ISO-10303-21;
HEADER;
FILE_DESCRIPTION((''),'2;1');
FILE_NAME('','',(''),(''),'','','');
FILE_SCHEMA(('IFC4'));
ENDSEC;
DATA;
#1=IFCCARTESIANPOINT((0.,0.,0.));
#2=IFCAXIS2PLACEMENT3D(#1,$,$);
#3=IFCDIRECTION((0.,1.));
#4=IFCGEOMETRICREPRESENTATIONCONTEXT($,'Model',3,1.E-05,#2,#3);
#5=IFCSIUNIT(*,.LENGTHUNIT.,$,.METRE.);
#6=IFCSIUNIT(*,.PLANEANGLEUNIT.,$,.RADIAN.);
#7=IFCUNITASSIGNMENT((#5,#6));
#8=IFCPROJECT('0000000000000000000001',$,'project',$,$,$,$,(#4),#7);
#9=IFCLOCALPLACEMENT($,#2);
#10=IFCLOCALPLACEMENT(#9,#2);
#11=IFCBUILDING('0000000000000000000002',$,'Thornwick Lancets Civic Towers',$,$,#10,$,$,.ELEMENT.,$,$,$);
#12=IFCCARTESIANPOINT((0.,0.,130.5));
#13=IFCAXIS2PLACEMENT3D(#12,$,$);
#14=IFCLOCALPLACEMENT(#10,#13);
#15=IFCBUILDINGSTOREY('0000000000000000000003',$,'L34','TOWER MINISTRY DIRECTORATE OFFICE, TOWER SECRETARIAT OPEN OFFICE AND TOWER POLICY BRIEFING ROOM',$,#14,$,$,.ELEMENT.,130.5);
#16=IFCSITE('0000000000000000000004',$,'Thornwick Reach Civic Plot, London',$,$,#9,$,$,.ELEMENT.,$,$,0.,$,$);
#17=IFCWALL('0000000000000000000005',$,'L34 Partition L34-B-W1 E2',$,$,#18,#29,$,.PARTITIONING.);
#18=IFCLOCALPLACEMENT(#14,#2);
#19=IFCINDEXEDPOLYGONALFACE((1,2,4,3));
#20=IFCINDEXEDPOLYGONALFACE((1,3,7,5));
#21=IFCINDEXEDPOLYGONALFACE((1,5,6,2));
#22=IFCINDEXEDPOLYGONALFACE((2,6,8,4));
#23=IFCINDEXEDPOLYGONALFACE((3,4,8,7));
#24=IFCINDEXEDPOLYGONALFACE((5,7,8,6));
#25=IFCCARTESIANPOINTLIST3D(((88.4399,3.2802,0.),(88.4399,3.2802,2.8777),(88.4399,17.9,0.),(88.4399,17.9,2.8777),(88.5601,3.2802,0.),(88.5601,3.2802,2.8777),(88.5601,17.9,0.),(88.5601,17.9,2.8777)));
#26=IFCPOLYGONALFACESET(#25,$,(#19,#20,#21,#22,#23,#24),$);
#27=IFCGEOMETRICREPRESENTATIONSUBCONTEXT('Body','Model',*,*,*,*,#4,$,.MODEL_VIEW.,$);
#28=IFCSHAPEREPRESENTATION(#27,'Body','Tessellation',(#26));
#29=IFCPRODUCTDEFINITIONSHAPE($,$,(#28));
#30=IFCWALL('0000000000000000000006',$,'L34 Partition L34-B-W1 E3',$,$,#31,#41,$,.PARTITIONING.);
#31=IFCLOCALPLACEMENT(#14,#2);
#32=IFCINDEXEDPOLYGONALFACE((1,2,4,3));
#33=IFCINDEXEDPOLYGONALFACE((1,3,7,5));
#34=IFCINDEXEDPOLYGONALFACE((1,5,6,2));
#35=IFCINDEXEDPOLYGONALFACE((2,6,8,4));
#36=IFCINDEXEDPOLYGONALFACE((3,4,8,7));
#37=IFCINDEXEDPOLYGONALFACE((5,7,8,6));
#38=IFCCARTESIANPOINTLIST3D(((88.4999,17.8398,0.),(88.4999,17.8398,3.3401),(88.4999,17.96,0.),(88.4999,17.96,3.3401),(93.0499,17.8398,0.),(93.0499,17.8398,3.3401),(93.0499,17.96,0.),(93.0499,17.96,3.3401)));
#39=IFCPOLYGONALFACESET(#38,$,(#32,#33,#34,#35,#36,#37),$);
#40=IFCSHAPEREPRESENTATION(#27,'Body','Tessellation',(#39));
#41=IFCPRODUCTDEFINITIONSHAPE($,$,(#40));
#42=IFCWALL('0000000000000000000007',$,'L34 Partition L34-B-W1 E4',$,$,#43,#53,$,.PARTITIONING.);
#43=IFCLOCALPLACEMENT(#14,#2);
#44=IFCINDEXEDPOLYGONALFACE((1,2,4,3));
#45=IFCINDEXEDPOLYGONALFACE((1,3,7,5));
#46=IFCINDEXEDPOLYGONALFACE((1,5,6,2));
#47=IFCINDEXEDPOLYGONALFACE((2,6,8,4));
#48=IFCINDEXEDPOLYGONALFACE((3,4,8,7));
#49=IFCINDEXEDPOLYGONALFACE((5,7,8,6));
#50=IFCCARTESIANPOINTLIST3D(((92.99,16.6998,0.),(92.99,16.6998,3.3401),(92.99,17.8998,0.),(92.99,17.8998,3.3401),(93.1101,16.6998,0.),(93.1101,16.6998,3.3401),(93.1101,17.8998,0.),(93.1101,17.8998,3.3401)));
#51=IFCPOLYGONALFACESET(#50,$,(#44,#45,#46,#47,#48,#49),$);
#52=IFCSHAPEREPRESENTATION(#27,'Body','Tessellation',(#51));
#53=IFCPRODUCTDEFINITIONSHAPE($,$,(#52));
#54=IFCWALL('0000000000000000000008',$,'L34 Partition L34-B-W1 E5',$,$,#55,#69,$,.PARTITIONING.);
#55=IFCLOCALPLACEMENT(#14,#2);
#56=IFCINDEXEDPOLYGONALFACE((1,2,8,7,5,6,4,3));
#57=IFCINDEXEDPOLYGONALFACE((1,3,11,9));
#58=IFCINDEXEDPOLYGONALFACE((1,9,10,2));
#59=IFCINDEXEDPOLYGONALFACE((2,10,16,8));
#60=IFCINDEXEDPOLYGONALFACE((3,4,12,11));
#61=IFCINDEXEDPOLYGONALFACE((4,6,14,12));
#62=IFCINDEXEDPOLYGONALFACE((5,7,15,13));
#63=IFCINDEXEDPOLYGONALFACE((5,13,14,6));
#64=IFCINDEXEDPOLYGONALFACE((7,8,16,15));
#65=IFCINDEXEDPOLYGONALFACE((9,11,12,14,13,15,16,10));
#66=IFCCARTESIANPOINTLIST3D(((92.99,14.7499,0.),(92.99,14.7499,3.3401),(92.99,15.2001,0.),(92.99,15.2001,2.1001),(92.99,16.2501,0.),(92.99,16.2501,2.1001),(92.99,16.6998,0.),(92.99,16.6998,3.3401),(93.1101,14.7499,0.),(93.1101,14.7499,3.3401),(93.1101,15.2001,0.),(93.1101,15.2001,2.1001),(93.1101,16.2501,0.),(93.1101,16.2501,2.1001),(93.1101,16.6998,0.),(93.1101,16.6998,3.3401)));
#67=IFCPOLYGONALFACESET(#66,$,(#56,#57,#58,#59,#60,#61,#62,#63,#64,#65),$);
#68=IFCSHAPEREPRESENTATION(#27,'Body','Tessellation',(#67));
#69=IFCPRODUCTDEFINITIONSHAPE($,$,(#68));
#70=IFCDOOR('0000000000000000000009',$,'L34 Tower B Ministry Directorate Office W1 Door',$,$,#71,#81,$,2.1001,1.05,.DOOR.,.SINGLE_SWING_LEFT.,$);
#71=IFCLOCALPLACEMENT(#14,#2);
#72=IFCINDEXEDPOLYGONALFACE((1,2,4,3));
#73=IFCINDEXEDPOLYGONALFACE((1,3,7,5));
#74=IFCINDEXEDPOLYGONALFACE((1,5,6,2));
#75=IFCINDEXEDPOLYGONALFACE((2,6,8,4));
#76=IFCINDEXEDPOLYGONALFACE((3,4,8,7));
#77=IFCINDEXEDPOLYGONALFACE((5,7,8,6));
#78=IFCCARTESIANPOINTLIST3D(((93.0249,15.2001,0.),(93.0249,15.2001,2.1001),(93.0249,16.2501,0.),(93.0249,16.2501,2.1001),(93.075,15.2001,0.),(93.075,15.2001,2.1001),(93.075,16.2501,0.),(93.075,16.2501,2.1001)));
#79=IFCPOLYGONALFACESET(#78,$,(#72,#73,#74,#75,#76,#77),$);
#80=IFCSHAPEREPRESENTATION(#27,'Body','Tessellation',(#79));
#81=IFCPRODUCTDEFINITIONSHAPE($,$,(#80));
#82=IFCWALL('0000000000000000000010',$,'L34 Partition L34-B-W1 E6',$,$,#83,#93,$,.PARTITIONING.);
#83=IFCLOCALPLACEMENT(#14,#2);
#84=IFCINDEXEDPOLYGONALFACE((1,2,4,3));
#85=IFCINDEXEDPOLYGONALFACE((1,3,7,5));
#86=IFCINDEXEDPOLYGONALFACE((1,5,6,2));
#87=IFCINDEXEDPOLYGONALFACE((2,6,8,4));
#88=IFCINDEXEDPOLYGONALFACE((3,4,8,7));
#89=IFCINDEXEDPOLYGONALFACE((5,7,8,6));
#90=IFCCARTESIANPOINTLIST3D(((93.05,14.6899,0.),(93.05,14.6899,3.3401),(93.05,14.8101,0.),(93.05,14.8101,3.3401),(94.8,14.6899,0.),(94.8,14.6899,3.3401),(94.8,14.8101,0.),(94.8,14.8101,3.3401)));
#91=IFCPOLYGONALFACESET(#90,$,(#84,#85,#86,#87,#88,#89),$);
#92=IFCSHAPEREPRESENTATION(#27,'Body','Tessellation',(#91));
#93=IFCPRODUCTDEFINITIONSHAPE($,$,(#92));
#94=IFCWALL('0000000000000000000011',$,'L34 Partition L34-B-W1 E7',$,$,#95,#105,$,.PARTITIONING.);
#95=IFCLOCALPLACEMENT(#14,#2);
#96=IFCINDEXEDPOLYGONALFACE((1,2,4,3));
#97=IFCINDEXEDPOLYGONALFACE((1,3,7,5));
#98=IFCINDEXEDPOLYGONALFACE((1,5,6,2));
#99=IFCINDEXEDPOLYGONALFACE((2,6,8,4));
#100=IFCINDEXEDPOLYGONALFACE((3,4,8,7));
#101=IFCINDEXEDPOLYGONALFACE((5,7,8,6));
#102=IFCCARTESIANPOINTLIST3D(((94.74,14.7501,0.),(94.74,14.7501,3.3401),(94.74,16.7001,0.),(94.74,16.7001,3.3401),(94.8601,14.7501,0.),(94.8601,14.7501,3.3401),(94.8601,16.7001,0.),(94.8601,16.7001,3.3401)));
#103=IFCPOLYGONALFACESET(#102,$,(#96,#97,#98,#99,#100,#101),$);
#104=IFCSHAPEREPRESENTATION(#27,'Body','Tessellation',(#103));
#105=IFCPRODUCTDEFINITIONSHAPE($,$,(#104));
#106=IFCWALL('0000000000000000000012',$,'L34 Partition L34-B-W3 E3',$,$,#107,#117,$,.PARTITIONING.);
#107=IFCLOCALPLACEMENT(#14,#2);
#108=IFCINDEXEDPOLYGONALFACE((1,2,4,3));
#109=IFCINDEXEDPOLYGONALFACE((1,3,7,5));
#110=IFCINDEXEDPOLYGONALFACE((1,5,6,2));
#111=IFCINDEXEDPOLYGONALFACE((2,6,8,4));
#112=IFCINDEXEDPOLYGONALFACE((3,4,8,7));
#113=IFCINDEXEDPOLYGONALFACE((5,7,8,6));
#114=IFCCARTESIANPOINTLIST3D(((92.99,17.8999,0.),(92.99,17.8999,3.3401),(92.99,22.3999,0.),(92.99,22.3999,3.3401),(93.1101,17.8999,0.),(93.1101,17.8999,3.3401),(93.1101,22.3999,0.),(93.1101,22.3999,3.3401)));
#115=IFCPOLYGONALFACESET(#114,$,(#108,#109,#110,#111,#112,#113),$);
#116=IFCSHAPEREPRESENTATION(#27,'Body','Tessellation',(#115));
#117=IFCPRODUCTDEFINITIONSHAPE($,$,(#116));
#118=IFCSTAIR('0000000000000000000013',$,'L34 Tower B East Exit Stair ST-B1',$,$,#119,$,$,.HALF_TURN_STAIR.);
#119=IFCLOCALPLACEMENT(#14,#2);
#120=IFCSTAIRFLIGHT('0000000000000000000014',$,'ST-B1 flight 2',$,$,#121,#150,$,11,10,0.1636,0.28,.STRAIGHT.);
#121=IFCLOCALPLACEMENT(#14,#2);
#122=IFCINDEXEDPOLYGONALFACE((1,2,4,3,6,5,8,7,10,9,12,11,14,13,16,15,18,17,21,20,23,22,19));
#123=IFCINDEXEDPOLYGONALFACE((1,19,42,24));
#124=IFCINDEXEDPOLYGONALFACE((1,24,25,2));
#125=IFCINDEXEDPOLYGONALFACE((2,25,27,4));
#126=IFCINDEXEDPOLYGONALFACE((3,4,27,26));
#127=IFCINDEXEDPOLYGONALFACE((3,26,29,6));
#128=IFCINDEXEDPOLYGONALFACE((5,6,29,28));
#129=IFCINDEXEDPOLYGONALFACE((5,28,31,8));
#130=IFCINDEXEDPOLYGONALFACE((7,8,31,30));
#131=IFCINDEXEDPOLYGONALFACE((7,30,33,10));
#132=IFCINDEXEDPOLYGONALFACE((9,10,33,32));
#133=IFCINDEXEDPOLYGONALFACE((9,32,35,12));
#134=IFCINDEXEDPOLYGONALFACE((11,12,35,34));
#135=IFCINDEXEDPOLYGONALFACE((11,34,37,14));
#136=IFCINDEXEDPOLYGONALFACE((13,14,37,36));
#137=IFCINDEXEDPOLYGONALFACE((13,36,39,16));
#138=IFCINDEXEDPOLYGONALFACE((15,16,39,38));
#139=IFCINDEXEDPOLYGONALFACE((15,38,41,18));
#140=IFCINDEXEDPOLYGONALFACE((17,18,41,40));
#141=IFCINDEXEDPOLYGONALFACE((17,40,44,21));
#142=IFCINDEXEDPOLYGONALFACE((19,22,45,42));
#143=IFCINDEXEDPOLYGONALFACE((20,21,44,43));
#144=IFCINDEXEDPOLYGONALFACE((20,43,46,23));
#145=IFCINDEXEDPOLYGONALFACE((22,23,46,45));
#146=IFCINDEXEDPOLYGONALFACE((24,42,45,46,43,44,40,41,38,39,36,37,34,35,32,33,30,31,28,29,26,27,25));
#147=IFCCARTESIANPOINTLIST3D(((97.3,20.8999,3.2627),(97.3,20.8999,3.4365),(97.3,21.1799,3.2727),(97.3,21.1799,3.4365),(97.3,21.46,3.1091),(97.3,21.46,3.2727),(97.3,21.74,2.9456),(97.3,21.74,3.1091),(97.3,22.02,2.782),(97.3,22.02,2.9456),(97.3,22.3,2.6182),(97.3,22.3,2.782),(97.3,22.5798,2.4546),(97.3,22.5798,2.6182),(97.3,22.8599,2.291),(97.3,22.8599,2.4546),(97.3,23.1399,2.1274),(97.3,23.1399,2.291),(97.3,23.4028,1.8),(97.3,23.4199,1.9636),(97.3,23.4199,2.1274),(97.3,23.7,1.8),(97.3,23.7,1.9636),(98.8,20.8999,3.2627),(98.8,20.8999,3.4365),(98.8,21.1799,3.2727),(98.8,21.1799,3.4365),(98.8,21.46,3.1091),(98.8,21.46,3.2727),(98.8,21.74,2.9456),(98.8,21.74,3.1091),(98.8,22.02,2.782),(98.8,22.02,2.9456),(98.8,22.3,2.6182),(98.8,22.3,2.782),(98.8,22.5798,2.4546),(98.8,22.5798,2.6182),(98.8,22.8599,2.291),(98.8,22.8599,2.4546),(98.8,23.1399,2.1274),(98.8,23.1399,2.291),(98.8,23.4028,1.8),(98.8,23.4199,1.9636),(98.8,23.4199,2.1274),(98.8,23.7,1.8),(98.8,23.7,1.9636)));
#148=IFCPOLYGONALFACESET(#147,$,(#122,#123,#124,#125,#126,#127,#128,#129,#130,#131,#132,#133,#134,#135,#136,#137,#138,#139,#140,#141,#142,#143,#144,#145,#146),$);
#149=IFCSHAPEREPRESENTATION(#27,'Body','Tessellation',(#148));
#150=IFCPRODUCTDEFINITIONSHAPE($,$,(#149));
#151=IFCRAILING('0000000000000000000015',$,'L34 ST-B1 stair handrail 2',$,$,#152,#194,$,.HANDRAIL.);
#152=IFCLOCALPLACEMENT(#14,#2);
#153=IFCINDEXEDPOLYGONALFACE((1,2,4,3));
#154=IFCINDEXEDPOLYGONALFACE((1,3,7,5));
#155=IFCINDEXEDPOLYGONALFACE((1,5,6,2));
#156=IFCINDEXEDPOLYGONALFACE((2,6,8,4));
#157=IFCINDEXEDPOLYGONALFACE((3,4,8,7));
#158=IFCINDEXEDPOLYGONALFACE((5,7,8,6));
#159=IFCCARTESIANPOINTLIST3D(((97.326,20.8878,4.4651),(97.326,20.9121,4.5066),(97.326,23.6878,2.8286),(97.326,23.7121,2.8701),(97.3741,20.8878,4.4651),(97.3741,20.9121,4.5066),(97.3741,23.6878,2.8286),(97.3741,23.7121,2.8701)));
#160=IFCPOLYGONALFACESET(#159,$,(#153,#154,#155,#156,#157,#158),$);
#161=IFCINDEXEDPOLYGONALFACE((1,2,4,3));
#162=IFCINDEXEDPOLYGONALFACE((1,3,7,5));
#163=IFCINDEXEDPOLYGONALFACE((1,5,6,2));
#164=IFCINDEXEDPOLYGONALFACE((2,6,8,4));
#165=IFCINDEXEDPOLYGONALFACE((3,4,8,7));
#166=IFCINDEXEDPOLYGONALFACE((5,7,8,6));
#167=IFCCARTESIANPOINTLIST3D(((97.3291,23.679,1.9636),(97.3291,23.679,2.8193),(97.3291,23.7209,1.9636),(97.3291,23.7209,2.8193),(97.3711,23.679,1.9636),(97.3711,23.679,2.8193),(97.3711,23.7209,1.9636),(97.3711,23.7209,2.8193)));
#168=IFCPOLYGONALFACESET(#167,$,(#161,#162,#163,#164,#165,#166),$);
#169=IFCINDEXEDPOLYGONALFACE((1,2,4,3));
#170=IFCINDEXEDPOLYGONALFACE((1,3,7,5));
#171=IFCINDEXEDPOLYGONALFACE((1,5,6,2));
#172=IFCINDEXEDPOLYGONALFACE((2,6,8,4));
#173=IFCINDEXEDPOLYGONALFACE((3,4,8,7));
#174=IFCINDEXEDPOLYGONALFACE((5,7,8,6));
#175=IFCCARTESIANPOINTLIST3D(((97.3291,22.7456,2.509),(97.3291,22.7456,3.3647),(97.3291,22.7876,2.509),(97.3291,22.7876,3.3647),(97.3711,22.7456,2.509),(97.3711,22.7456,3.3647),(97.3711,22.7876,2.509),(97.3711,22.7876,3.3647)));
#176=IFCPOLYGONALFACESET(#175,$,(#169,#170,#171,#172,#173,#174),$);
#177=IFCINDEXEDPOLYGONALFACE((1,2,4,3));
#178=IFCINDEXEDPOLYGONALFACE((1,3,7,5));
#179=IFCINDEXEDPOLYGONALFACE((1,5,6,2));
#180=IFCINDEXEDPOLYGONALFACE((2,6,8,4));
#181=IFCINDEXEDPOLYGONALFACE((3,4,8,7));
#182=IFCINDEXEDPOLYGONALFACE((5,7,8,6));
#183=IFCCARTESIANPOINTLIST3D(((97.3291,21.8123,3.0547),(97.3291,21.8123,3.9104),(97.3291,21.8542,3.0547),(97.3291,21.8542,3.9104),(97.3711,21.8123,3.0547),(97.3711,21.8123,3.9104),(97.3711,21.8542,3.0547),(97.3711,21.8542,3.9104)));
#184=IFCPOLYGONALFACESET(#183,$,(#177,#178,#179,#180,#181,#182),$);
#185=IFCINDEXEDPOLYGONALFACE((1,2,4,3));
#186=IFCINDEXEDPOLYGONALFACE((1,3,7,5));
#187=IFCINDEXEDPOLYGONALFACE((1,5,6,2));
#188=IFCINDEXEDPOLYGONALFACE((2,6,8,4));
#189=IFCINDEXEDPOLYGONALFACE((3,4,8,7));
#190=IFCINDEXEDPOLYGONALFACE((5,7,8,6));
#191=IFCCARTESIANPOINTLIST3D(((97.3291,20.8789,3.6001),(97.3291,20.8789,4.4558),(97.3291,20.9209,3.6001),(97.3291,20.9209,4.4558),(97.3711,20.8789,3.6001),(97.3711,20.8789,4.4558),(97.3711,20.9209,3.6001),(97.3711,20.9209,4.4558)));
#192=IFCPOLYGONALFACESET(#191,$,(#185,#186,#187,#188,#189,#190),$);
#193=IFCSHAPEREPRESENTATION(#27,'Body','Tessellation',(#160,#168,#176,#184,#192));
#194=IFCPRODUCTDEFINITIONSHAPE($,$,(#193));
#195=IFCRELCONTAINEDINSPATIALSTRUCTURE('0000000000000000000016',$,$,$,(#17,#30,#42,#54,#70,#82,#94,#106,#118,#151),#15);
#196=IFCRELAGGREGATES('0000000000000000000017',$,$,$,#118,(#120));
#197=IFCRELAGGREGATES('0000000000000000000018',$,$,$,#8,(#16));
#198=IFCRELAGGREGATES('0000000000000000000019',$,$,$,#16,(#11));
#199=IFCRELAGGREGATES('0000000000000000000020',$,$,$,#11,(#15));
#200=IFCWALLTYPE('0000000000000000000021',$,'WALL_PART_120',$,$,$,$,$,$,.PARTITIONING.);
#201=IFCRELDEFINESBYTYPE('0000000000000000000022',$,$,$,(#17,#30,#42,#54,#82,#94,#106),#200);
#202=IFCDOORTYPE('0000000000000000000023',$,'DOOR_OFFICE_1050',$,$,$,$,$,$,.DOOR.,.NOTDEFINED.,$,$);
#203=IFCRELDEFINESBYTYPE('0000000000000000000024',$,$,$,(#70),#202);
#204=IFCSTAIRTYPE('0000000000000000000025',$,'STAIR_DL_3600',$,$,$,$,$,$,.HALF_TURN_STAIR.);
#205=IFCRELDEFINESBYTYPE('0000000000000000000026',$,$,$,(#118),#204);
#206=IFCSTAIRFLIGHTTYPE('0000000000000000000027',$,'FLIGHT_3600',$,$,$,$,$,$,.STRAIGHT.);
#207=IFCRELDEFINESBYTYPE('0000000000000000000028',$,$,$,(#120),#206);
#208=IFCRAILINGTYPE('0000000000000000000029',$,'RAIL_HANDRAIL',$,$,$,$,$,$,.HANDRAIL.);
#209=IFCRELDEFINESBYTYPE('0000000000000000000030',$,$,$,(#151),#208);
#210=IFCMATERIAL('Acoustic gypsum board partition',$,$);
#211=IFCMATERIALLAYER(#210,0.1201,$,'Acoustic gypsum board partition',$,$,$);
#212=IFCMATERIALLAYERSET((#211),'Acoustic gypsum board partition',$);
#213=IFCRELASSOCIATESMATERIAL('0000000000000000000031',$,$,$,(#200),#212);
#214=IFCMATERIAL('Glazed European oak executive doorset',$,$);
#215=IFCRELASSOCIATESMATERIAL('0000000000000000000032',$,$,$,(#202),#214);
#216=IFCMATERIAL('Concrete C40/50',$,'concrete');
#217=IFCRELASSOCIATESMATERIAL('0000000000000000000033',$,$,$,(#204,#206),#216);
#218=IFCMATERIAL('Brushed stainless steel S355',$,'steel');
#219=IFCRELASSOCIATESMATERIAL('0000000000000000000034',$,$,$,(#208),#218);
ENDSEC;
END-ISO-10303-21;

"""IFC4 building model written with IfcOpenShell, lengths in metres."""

from ifc_helpers import new_model, si_unit, direction, frame, frame_2d, origin, origin_2d, place, context, subcontext, project, spatial, polyline, rectangle, outline, extrude, material, layer, layer_set, type_object, element, fill, aggregate, save


model = new_model("IFC4")

# Units and contexts
model_context = context("Model", 3, precision=1e-05, world=origin(), true_north=direction((0.0, 1.0)))
body_context = subcontext(model_context, "Body", "Model", "MODEL_VIEW")
ifc_project = project(units=[si_unit("LENGTHUNIT", "METRE"), si_unit("PLANEANGLEUNIT", "RADIAN")], contexts=[model_context])

# Site, building, storey
site_placement = place(None, origin())
site = spatial("IfcSite", under=ifc_project, at=site_placement, Name="Thornwick Reach Civic Plot, London", CompositionType="ELEMENT", RefElevation=0.0)
building_placement = place(site_placement, origin())
building = spatial("IfcBuilding", under=site, at=building_placement, Name="Thornwick Lancets Civic Towers", CompositionType="ELEMENT")
storey_placement = place(building_placement, frame((0.0, 0.0, 130.5)))
storey = spatial("IfcBuildingStorey", under=building, at=storey_placement, Name="L34", Description="TOWER MINISTRY DIRECTORATE OFFICE, TOWER SECRETARIAT OPEN OFFICE AND TOWER POLICY BRIEFING ROOM", CompositionType="ELEMENT", Elevation=130.5)

# Shared definitions
ifc_material_1 = material(Name="Acoustic gypsum board partition")
ifc_layer_1 = layer(ifc_material_1, 0.1201, Name="Acoustic gypsum board partition")
ifc_layer_set_1 = layer_set([ifc_layer_1], Name="Acoustic gypsum board partition")
wall_type_1 = type_object("IfcWallType", Name="WALL_PART_120", PredefinedType="PARTITIONING", material=ifc_layer_set_1)

# Walls
wall_1_placement = place(storey_placement, frame((88.5, 3.28, 0.0), z_axis=(0.0, 0.0, 1.0), x_axis=(0.0, 1.0, 0.0)))
element("IfcWall", 1, at=wall_1_placement, inside=storey, type_object=wall_type_1, Name="L34 Partition L34-B-W1 E2", PredefinedType="PARTITIONING", context=body_context, shape_type="SweptSolid", body=[
    extrude(rectangle(XDim=14.6199, YDim=0.1201, at=frame_2d((7.3101, 0.0))), origin(), (0.0, 0.0, 1.0), 2.8777),
])
wall_2_placement = place(storey_placement, frame((88.5, 17.8999, 0.0), z_axis=(0.0, 0.0, 1.0), x_axis=(1.0, 0.0, 0.0)))
element("IfcWall", 2, at=wall_2_placement, inside=storey, type_object=wall_type_1, Name="L34 Partition L34-B-W1 E3", PredefinedType="PARTITIONING", context=body_context, shape_type="SweptSolid", body=[
    extrude(rectangle(XDim=4.55, YDim=0.1201, at=frame_2d((2.2749, 0.0))), origin(), (0.0, 0.0, 1.0), 3.3401),
])
wall_3_placement = place(storey_placement, frame((93.05, 17.8999, 0.0), z_axis=(0.0, 0.0, 1.0), x_axis=(0.0, -1.0, 0.0)))
element("IfcWall", 3, at=wall_3_placement, inside=storey, type_object=wall_type_1, Name="L34 Partition L34-B-W1 E4", PredefinedType="PARTITIONING", context=body_context, shape_type="SweptSolid", body=[
    extrude(rectangle(XDim=1.2, YDim=0.1201, at=frame_2d((0.6001, 0.0))), origin(), (0.0, 0.0, 1.0), 3.3401),
])

# Wall, opening, door
wall_4_placement = place(storey_placement, frame((93.05, 16.7, 0.0), z_axis=(0.0, 0.0, 1.0), x_axis=(0.0, -1.0, 0.0)))
wall_4 = element("IfcWall", 4, at=wall_4_placement, inside=storey, type_object=wall_type_1, Name="L34 Partition L34-B-W1 E5", PredefinedType="PARTITIONING", context=body_context, shape_type="SweptSolid", body=[
    extrude(rectangle(XDim=1.95, YDim=0.1201, at=frame_2d((0.9751, 0.0))), origin(), (0.0, 0.0, 1.0), 3.3401),
])
opening_1_placement = place(wall_4_placement, frame((0.45, 0.0, 0.0)))
opening_1 = element("IfcOpeningElement", 5, at=opening_1_placement, cuts=wall_4, PredefinedType="OPENING", context=body_context, shape_type="SweptSolid", body=[
    extrude(rectangle(XDim=1.05, YDim=2.1001, at=frame_2d((0.5249, 1.05))), frame((0.0, 0.0701, 0.0), z_axis=(0.0, -1.0, 0.0), x_axis=(1.0, 0.0, 0.0)), (0.0, 0.0, 1.0), 0.1401),
])
ifc_material_2 = material(Name="Glazed European oak executive doorset")
door_type_1 = type_object("IfcDoorType", Name="DOOR_OFFICE_1050", OperationType="NOTDEFINED", PredefinedType="DOOR", material=ifc_material_2)
door_1_placement = place(opening_1_placement, origin())
door_1 = element("IfcDoor", 6, at=door_1_placement, inside=storey, type_object=door_type_1, Name="L34 Tower B Ministry Directorate Office W1 Door", OperationType="SINGLE_SWING_LEFT", OverallHeight=2.1001, OverallWidth=1.05, PredefinedType="DOOR", context=body_context, shape_type="SweptSolid", body=[
    extrude(rectangle(XDim=1.05, YDim=2.1001, at=frame_2d((0.5249, 1.05))), frame((0.0, 0.0249, 0.0), z_axis=(0.0, -1.0, 0.0), x_axis=(1.0, 0.0, 0.0)), (0.0, 0.0, 1.0), 0.05),
])
fill(opening_1, door_1)

# Walls
wall_5_placement = place(storey_placement, frame((93.05, 14.75, 0.0), z_axis=(0.0, 0.0, 1.0), x_axis=(1.0, 0.0, 0.0)))
element("IfcWall", 7, at=wall_5_placement, inside=storey, type_object=wall_type_1, Name="L34 Partition L34-B-W1 E6", PredefinedType="PARTITIONING", context=body_context, shape_type="SweptSolid", body=[
    extrude(rectangle(XDim=1.75, YDim=0.1201, at=frame_2d((0.875, 0.0))), origin(), (0.0, 0.0, 1.0), 3.3401),
])
wall_6_placement = place(storey_placement, frame((94.8, 14.75, 0.0), z_axis=(0.0, 0.0, 1.0), x_axis=(0.0, 1.0, 0.0)))
element("IfcWall", 8, at=wall_6_placement, inside=storey, type_object=wall_type_1, Name="L34 Partition L34-B-W1 E7", PredefinedType="PARTITIONING", context=body_context, shape_type="SweptSolid", body=[
    extrude(rectangle(XDim=1.95, YDim=0.1201, at=frame_2d((0.9751, 0.0))), origin(), (0.0, 0.0, 1.0), 3.3401),
])
wall_7_placement = place(storey_placement, frame((93.05, 22.3999, 0.0), z_axis=(0.0, 0.0, 1.0), x_axis=(0.0, -1.0, 0.0)))
element("IfcWall", 9, at=wall_7_placement, inside=storey, type_object=wall_type_1, Name="L34 Partition L34-B-W3 E3", PredefinedType="PARTITIONING", context=body_context, shape_type="SweptSolid", body=[
    extrude(rectangle(XDim=4.5, YDim=0.1201, at=frame_2d((2.25, 0.0))), origin(), (0.0, 0.0, 1.0), 3.3401),
])

# Stair, stair flight
ifc_material_3 = material(Name="Concrete C40/50", Category="concrete")
stair_type = type_object("IfcStairType", Name="STAIR_DL_3600", PredefinedType="HALF_TURN_STAIR", material=ifc_material_3)
stair_placement = place(storey_placement, origin())
stair = element("IfcStair", 10, at=stair_placement, inside=storey, type_object=stair_type, Name="L34 Tower B East Exit Stair ST-B1", PredefinedType="HALF_TURN_STAIR")
stair_flight_type = type_object("IfcStairFlightType", Name="FLIGHT_3600", PredefinedType="STRAIGHT", material=ifc_material_3)
stair_flight_placement = place(storey_placement, frame((98.05, 23.7, 1.8), z_axis=(0.0, 0.0, 1.0), x_axis=(0.0, -1.0, 0.0)))
stair_flight = element("IfcStairFlight", 11, at=stair_flight_placement, type_object=stair_flight_type, Name="ST-B1 flight 2", NumberOfRisers=11, NumberOfTreads=10, PredefinedType="STRAIGHT", RiserHeight=0.1636, TreadLength=0.28, context=body_context, shape_type="SweptSolid", body=[
    extrude(outline(polyline([(0.0, 0.0), (0.0, 0.1636), (0.28, 0.1636), (0.28, 0.3274), (0.5601, 0.3274), (0.5601, 0.491), (0.8401, 0.491), (0.8401, 0.6545), (1.1201, 0.6545), (1.1201, 0.8181), (1.3999, 0.8181), (1.3999, 0.9819), (1.6799, 0.9819), (1.6799, 1.1455), (1.96, 1.1455), (1.96, 1.3091), (2.24, 1.3091), (2.24, 1.4727), (2.52, 1.4727), (2.52, 1.6365), (2.8, 1.6365), (2.8, 1.8), (2.8, 1.4626), (0.2971, 0.0), (0.0, 0.0)])), frame((0.0, 0.75, 0.0), z_axis=(0.0, -1.0, 0.0), x_axis=(1.0, 0.0, 0.0)), (0.0, 0.0, 1.0), 1.5),
])
aggregate(stair, [stair_flight])

# Railing
ifc_material_4 = material(Name="Brushed stainless steel S355", Category="steel")
railing_type_1 = type_object("IfcRailingType", Name="RAIL_HANDRAIL", PredefinedType="HANDRAIL", material=ifc_material_4)
railing_1_placement = place(storey_placement, frame((97.3501, 23.7, 1.9636)))
element("IfcRailing", 12, at=railing_1_placement, inside=storey, type_object=railing_type_1, Name="L34 ST-B1 stair handrail 2", PredefinedType="HANDRAIL", context=body_context, shape_type="SweptSolid", body=[
    extrude(rectangle(XDim=0.0481, YDim=0.0481, at=origin_2d()), frame((0.0, 0.0, 0.8857), z_axis=(0.0, -0.863361, 0.504587), x_axis=(1.0, 0.0, 0.0)), (0.0, 0.0, 1.0), 3.2432),
    extrude(rectangle(XDim=0.042, YDim=0.042, at=origin_2d()), origin(), (0.0, 0.0, 1.0), 0.8557),
    extrude(rectangle(XDim=0.042, YDim=0.042, at=origin_2d()), frame((0.0, -0.9333, 0.5454)), (0.0, 0.0, 1.0), 0.8557),
    extrude(rectangle(XDim=0.042, YDim=0.042, at=origin_2d()), frame((0.0, -1.8667, 1.0911)), (0.0, 0.0, 1.0), 0.8557),
    extrude(rectangle(XDim=0.042, YDim=0.042, at=origin_2d()), frame((0.0, -2.8, 1.6365)), (0.0, 0.0, 1.0), 0.8557),
])

save(model, "model.ifc")
